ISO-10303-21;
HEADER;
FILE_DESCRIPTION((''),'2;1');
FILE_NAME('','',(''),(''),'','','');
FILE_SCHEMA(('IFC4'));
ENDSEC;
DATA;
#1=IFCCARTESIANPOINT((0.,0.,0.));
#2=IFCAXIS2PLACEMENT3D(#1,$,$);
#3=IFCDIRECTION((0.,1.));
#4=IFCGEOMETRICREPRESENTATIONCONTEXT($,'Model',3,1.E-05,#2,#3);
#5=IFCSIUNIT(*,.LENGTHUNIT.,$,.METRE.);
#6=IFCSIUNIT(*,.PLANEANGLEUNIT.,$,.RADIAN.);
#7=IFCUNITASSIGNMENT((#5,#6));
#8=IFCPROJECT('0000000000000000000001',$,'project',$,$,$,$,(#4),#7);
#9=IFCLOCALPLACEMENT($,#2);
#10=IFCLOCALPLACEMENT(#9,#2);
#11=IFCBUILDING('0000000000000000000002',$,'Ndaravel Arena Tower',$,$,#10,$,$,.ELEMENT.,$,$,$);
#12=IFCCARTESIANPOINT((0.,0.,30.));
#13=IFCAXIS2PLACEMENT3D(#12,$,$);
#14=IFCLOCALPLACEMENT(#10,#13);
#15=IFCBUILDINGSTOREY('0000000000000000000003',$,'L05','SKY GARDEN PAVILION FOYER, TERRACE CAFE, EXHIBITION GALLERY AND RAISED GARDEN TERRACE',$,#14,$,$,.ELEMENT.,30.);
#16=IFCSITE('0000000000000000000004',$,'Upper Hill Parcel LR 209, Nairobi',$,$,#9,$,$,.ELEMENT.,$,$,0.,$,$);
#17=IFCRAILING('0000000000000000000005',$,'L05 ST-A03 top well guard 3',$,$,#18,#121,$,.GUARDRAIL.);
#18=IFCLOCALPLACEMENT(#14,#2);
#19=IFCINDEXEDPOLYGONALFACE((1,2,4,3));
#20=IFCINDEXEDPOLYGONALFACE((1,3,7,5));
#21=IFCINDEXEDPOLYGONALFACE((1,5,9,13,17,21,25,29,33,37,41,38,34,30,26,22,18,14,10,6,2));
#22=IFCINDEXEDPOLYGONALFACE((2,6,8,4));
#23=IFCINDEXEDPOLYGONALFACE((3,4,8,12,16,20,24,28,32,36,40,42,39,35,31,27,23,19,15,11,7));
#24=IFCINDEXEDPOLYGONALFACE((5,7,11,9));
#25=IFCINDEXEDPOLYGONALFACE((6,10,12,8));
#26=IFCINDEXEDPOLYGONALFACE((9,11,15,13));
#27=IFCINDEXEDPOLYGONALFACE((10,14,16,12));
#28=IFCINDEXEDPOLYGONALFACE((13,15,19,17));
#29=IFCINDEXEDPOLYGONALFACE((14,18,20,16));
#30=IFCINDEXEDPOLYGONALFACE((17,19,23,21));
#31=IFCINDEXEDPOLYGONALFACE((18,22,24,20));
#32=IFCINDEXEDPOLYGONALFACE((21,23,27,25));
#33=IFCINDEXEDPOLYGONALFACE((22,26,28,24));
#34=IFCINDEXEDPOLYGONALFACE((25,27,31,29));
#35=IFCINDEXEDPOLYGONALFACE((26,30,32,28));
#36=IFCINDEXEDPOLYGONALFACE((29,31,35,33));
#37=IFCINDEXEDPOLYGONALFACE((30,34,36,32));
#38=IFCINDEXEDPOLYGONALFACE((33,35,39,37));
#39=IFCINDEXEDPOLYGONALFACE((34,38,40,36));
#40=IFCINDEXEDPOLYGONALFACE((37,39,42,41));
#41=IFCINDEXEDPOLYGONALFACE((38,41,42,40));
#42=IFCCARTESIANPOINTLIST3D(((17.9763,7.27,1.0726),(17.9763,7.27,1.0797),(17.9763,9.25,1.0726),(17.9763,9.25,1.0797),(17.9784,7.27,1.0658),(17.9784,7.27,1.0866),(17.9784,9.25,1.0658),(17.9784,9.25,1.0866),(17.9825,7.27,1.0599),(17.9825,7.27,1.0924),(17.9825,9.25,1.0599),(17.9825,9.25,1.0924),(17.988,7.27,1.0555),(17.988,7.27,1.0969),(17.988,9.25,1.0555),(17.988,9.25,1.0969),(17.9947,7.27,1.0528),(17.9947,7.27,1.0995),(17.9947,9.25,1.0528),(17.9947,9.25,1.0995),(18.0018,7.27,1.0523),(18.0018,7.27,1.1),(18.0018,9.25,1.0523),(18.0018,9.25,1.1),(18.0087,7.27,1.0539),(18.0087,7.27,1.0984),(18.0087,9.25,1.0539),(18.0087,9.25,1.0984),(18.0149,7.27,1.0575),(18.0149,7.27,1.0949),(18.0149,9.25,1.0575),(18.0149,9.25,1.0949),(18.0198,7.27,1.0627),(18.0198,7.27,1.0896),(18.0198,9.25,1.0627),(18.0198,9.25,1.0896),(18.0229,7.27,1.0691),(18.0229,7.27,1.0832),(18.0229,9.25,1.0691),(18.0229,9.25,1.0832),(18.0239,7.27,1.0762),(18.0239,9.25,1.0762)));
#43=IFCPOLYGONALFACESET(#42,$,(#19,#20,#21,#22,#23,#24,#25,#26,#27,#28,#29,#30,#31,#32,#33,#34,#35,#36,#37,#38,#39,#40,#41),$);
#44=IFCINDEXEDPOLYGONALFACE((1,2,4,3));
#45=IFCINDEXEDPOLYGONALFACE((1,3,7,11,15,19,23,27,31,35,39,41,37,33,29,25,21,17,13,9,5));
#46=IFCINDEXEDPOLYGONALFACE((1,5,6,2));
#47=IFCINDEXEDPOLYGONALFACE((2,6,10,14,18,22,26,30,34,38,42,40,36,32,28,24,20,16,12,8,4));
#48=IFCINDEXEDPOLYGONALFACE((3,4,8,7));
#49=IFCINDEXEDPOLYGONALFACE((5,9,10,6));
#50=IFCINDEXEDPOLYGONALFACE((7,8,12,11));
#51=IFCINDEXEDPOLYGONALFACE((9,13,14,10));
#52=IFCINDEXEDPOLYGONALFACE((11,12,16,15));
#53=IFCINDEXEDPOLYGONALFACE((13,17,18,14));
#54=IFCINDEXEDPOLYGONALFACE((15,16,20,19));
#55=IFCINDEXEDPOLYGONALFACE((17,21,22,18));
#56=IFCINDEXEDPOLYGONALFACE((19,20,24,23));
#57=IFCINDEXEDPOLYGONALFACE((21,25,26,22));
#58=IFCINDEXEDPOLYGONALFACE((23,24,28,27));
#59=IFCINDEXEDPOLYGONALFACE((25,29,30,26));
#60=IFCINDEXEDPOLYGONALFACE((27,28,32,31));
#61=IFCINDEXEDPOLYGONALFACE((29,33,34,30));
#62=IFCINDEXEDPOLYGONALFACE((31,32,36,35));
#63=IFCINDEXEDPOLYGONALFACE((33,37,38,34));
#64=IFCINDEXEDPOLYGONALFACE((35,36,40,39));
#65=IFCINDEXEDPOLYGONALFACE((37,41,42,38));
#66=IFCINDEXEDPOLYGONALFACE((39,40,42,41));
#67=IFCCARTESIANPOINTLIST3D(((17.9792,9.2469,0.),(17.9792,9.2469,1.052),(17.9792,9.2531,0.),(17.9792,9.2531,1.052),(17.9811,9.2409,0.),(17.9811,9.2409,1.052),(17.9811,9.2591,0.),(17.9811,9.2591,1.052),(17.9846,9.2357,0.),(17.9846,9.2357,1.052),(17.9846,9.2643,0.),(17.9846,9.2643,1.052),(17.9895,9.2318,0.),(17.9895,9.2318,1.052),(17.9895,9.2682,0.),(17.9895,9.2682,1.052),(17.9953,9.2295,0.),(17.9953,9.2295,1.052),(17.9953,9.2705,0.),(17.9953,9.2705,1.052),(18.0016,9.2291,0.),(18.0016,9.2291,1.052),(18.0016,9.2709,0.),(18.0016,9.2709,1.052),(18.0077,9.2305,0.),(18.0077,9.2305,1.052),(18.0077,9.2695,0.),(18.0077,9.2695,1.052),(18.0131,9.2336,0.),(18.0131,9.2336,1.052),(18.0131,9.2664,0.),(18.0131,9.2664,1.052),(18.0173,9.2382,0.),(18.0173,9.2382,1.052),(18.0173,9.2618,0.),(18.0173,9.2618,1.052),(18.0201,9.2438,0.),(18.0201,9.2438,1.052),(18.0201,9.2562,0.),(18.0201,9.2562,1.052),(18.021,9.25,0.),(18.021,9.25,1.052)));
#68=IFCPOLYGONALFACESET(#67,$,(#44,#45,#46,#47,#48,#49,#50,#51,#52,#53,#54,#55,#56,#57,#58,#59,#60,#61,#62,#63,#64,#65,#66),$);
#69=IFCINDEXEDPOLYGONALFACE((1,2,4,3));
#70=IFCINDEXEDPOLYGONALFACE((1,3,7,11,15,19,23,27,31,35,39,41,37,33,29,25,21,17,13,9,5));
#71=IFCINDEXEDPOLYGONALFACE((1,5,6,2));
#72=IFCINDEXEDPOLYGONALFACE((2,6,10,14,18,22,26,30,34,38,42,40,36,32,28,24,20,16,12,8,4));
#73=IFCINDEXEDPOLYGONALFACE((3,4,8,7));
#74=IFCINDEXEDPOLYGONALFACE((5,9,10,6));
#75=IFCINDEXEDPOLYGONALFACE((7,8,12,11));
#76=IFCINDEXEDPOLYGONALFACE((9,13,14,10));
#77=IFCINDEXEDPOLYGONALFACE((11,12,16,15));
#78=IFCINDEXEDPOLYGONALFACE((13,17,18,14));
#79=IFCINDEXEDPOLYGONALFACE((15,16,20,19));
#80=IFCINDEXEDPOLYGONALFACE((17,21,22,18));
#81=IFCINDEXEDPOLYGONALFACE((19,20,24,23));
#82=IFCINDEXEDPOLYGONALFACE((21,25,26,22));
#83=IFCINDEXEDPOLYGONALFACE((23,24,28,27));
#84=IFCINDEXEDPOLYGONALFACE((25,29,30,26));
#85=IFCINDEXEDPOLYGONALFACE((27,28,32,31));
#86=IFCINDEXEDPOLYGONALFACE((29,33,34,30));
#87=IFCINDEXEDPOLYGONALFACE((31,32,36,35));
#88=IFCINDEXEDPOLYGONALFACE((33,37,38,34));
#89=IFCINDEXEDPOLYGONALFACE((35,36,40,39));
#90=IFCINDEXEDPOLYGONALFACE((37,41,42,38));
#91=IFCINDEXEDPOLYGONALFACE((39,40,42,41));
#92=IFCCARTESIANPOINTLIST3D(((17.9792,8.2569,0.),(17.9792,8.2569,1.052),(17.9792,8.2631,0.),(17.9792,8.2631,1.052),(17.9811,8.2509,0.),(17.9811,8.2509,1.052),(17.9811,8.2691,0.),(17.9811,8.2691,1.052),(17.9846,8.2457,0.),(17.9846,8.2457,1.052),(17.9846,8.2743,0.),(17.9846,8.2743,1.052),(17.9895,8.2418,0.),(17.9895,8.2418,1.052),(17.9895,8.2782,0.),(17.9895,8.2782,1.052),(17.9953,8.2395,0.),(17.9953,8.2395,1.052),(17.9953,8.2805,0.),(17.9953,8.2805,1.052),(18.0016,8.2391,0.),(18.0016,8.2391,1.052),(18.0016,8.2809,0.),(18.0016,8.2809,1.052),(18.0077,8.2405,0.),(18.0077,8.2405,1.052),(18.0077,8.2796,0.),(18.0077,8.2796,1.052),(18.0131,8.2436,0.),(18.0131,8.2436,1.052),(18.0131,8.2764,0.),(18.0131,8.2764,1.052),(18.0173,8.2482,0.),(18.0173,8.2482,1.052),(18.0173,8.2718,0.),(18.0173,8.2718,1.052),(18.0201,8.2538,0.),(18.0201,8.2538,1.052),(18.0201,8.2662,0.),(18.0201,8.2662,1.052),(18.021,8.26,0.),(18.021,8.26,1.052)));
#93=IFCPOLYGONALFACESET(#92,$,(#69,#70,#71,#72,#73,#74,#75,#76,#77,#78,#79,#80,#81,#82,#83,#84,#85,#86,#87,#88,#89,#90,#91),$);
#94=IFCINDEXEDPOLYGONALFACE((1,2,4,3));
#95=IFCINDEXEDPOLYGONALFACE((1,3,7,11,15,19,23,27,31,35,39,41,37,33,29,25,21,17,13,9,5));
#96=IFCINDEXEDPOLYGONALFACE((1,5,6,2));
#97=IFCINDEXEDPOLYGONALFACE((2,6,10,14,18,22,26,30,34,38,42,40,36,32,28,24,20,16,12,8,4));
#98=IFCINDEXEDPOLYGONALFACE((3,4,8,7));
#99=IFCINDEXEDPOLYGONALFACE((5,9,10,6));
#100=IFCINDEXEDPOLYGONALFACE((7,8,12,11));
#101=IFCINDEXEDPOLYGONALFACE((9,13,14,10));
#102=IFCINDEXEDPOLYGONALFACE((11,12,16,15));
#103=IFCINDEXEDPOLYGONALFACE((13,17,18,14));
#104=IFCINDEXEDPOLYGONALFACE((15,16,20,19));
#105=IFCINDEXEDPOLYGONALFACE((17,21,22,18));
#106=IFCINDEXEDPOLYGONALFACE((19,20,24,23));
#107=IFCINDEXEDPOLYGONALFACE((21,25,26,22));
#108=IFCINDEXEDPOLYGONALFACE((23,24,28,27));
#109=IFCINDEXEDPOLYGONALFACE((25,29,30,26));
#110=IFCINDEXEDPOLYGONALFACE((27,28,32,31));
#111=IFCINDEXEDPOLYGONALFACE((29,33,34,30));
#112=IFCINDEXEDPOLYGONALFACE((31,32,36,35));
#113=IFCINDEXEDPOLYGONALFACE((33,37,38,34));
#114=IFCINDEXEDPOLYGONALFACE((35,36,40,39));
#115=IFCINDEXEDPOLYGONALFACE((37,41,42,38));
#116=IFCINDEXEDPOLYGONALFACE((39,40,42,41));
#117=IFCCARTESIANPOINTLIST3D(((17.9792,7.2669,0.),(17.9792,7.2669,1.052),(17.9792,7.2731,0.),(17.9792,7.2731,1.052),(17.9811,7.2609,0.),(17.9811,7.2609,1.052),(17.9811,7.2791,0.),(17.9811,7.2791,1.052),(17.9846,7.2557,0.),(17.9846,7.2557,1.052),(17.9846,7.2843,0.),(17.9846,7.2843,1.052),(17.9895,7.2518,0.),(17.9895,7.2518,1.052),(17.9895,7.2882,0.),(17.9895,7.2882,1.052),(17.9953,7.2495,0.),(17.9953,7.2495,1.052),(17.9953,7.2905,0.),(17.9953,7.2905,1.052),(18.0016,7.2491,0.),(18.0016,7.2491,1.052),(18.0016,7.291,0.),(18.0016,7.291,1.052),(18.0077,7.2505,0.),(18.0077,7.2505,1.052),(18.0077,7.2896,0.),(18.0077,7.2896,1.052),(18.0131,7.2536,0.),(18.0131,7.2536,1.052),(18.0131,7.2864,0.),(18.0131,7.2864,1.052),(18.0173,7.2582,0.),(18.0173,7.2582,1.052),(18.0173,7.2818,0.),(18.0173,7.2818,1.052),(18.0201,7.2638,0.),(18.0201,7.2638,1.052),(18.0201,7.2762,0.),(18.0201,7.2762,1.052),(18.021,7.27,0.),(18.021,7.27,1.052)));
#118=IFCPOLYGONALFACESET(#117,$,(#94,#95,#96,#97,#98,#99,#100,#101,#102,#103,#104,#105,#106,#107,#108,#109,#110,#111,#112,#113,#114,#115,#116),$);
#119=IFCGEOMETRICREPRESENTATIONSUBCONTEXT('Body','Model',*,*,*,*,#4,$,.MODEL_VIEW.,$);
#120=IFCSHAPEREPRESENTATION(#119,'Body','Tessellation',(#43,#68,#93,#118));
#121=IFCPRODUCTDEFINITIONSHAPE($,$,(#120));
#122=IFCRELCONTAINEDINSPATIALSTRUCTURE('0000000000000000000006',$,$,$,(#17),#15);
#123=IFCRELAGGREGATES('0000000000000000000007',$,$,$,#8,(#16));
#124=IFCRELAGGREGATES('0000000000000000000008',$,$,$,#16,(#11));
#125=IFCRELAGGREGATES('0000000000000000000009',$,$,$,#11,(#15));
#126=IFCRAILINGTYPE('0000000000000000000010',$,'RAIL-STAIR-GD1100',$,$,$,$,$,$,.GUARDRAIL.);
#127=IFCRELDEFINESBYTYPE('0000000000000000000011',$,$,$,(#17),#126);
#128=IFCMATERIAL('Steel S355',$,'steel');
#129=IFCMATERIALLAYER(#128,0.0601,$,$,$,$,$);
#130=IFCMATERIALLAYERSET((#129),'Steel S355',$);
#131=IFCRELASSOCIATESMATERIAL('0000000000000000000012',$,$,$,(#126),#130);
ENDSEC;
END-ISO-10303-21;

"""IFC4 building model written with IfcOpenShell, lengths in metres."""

from ifc_helpers import new_model, si_unit, direction, frame, origin, origin_2d, place, context, subcontext, project, spatial, circle, extrude, material, layer, layer_set, type_object, element, save


model = new_model("IFC4")

# Units and contexts
model_context = context("Model", 3, precision=1e-05, world=origin(), true_north=direction((0.0, 1.0)))
body_context = subcontext(model_context, "Body", "Model", "MODEL_VIEW")
ifc_project = project(units=[si_unit("LENGTHUNIT", "METRE"), si_unit("PLANEANGLEUNIT", "RADIAN")], contexts=[model_context])

# Site, building, storey
site_placement = place(None, origin())
site = spatial("IfcSite", under=ifc_project, at=site_placement, Name="Upper Hill Parcel LR 209, Nairobi", CompositionType="ELEMENT", RefElevation=0.0)
building_placement = place(site_placement, origin())
building = spatial("IfcBuilding", under=site, at=building_placement, Name="Ndaravel Arena Tower", CompositionType="ELEMENT")
storey_placement = place(building_placement, frame((0.0, 0.0, 30.0)))
storey = spatial("IfcBuildingStorey", under=building, at=storey_placement, Name="L05", Description="SKY GARDEN PAVILION FOYER, TERRACE CAFE, EXHIBITION GALLERY AND RAISED GARDEN TERRACE", CompositionType="ELEMENT", Elevation=30.0)

# Railing
ifc_material_1 = material(Name="Steel S355", Category="steel")
ifc_layer_1 = layer(ifc_material_1, 0.0601)
ifc_layer_set_1 = layer_set([ifc_layer_1], Name="Steel S355")
railing_type_1 = type_object("IfcRailingType", Name="RAIL-STAIR-GD1100", PredefinedType="GUARDRAIL", material=ifc_layer_set_1)
for number, where, name in (
    (1, (18.0, 9.25, 0.0), "L05 ST-A03 top well guard 3"),
):
    element("IfcRailing", number, at=place(storey_placement, frame(where)), inside=storey, type_object=railing_type_1, Name=name, PredefinedType="GUARDRAIL", context=body_context, shape_type="SweptSolid", body=[
        extrude(circle(Radius=0.0239, at=origin_2d()), frame((0.0, 0.0, 1.0762), z_axis=(0.0, -1.0, 0.0), x_axis=(1.0, 0.0, 0.0)), (0.0, 0.0, 1.0), 1.98),
        extrude(circle(Radius=0.021, at=origin_2d()), origin(), (0.0, 0.0, 1.0), 1.052),
        extrude(circle(Radius=0.021, at=origin_2d()), frame((0.0, -0.99, 0.0)), (0.0, 0.0, 1.0), 1.052),
        extrude(circle(Radius=0.021, at=origin_2d()), frame((0.0, -1.98, 0.0)), (0.0, 0.0, 1.0), 1.052),
    ])

save(model, "model.ifc")
